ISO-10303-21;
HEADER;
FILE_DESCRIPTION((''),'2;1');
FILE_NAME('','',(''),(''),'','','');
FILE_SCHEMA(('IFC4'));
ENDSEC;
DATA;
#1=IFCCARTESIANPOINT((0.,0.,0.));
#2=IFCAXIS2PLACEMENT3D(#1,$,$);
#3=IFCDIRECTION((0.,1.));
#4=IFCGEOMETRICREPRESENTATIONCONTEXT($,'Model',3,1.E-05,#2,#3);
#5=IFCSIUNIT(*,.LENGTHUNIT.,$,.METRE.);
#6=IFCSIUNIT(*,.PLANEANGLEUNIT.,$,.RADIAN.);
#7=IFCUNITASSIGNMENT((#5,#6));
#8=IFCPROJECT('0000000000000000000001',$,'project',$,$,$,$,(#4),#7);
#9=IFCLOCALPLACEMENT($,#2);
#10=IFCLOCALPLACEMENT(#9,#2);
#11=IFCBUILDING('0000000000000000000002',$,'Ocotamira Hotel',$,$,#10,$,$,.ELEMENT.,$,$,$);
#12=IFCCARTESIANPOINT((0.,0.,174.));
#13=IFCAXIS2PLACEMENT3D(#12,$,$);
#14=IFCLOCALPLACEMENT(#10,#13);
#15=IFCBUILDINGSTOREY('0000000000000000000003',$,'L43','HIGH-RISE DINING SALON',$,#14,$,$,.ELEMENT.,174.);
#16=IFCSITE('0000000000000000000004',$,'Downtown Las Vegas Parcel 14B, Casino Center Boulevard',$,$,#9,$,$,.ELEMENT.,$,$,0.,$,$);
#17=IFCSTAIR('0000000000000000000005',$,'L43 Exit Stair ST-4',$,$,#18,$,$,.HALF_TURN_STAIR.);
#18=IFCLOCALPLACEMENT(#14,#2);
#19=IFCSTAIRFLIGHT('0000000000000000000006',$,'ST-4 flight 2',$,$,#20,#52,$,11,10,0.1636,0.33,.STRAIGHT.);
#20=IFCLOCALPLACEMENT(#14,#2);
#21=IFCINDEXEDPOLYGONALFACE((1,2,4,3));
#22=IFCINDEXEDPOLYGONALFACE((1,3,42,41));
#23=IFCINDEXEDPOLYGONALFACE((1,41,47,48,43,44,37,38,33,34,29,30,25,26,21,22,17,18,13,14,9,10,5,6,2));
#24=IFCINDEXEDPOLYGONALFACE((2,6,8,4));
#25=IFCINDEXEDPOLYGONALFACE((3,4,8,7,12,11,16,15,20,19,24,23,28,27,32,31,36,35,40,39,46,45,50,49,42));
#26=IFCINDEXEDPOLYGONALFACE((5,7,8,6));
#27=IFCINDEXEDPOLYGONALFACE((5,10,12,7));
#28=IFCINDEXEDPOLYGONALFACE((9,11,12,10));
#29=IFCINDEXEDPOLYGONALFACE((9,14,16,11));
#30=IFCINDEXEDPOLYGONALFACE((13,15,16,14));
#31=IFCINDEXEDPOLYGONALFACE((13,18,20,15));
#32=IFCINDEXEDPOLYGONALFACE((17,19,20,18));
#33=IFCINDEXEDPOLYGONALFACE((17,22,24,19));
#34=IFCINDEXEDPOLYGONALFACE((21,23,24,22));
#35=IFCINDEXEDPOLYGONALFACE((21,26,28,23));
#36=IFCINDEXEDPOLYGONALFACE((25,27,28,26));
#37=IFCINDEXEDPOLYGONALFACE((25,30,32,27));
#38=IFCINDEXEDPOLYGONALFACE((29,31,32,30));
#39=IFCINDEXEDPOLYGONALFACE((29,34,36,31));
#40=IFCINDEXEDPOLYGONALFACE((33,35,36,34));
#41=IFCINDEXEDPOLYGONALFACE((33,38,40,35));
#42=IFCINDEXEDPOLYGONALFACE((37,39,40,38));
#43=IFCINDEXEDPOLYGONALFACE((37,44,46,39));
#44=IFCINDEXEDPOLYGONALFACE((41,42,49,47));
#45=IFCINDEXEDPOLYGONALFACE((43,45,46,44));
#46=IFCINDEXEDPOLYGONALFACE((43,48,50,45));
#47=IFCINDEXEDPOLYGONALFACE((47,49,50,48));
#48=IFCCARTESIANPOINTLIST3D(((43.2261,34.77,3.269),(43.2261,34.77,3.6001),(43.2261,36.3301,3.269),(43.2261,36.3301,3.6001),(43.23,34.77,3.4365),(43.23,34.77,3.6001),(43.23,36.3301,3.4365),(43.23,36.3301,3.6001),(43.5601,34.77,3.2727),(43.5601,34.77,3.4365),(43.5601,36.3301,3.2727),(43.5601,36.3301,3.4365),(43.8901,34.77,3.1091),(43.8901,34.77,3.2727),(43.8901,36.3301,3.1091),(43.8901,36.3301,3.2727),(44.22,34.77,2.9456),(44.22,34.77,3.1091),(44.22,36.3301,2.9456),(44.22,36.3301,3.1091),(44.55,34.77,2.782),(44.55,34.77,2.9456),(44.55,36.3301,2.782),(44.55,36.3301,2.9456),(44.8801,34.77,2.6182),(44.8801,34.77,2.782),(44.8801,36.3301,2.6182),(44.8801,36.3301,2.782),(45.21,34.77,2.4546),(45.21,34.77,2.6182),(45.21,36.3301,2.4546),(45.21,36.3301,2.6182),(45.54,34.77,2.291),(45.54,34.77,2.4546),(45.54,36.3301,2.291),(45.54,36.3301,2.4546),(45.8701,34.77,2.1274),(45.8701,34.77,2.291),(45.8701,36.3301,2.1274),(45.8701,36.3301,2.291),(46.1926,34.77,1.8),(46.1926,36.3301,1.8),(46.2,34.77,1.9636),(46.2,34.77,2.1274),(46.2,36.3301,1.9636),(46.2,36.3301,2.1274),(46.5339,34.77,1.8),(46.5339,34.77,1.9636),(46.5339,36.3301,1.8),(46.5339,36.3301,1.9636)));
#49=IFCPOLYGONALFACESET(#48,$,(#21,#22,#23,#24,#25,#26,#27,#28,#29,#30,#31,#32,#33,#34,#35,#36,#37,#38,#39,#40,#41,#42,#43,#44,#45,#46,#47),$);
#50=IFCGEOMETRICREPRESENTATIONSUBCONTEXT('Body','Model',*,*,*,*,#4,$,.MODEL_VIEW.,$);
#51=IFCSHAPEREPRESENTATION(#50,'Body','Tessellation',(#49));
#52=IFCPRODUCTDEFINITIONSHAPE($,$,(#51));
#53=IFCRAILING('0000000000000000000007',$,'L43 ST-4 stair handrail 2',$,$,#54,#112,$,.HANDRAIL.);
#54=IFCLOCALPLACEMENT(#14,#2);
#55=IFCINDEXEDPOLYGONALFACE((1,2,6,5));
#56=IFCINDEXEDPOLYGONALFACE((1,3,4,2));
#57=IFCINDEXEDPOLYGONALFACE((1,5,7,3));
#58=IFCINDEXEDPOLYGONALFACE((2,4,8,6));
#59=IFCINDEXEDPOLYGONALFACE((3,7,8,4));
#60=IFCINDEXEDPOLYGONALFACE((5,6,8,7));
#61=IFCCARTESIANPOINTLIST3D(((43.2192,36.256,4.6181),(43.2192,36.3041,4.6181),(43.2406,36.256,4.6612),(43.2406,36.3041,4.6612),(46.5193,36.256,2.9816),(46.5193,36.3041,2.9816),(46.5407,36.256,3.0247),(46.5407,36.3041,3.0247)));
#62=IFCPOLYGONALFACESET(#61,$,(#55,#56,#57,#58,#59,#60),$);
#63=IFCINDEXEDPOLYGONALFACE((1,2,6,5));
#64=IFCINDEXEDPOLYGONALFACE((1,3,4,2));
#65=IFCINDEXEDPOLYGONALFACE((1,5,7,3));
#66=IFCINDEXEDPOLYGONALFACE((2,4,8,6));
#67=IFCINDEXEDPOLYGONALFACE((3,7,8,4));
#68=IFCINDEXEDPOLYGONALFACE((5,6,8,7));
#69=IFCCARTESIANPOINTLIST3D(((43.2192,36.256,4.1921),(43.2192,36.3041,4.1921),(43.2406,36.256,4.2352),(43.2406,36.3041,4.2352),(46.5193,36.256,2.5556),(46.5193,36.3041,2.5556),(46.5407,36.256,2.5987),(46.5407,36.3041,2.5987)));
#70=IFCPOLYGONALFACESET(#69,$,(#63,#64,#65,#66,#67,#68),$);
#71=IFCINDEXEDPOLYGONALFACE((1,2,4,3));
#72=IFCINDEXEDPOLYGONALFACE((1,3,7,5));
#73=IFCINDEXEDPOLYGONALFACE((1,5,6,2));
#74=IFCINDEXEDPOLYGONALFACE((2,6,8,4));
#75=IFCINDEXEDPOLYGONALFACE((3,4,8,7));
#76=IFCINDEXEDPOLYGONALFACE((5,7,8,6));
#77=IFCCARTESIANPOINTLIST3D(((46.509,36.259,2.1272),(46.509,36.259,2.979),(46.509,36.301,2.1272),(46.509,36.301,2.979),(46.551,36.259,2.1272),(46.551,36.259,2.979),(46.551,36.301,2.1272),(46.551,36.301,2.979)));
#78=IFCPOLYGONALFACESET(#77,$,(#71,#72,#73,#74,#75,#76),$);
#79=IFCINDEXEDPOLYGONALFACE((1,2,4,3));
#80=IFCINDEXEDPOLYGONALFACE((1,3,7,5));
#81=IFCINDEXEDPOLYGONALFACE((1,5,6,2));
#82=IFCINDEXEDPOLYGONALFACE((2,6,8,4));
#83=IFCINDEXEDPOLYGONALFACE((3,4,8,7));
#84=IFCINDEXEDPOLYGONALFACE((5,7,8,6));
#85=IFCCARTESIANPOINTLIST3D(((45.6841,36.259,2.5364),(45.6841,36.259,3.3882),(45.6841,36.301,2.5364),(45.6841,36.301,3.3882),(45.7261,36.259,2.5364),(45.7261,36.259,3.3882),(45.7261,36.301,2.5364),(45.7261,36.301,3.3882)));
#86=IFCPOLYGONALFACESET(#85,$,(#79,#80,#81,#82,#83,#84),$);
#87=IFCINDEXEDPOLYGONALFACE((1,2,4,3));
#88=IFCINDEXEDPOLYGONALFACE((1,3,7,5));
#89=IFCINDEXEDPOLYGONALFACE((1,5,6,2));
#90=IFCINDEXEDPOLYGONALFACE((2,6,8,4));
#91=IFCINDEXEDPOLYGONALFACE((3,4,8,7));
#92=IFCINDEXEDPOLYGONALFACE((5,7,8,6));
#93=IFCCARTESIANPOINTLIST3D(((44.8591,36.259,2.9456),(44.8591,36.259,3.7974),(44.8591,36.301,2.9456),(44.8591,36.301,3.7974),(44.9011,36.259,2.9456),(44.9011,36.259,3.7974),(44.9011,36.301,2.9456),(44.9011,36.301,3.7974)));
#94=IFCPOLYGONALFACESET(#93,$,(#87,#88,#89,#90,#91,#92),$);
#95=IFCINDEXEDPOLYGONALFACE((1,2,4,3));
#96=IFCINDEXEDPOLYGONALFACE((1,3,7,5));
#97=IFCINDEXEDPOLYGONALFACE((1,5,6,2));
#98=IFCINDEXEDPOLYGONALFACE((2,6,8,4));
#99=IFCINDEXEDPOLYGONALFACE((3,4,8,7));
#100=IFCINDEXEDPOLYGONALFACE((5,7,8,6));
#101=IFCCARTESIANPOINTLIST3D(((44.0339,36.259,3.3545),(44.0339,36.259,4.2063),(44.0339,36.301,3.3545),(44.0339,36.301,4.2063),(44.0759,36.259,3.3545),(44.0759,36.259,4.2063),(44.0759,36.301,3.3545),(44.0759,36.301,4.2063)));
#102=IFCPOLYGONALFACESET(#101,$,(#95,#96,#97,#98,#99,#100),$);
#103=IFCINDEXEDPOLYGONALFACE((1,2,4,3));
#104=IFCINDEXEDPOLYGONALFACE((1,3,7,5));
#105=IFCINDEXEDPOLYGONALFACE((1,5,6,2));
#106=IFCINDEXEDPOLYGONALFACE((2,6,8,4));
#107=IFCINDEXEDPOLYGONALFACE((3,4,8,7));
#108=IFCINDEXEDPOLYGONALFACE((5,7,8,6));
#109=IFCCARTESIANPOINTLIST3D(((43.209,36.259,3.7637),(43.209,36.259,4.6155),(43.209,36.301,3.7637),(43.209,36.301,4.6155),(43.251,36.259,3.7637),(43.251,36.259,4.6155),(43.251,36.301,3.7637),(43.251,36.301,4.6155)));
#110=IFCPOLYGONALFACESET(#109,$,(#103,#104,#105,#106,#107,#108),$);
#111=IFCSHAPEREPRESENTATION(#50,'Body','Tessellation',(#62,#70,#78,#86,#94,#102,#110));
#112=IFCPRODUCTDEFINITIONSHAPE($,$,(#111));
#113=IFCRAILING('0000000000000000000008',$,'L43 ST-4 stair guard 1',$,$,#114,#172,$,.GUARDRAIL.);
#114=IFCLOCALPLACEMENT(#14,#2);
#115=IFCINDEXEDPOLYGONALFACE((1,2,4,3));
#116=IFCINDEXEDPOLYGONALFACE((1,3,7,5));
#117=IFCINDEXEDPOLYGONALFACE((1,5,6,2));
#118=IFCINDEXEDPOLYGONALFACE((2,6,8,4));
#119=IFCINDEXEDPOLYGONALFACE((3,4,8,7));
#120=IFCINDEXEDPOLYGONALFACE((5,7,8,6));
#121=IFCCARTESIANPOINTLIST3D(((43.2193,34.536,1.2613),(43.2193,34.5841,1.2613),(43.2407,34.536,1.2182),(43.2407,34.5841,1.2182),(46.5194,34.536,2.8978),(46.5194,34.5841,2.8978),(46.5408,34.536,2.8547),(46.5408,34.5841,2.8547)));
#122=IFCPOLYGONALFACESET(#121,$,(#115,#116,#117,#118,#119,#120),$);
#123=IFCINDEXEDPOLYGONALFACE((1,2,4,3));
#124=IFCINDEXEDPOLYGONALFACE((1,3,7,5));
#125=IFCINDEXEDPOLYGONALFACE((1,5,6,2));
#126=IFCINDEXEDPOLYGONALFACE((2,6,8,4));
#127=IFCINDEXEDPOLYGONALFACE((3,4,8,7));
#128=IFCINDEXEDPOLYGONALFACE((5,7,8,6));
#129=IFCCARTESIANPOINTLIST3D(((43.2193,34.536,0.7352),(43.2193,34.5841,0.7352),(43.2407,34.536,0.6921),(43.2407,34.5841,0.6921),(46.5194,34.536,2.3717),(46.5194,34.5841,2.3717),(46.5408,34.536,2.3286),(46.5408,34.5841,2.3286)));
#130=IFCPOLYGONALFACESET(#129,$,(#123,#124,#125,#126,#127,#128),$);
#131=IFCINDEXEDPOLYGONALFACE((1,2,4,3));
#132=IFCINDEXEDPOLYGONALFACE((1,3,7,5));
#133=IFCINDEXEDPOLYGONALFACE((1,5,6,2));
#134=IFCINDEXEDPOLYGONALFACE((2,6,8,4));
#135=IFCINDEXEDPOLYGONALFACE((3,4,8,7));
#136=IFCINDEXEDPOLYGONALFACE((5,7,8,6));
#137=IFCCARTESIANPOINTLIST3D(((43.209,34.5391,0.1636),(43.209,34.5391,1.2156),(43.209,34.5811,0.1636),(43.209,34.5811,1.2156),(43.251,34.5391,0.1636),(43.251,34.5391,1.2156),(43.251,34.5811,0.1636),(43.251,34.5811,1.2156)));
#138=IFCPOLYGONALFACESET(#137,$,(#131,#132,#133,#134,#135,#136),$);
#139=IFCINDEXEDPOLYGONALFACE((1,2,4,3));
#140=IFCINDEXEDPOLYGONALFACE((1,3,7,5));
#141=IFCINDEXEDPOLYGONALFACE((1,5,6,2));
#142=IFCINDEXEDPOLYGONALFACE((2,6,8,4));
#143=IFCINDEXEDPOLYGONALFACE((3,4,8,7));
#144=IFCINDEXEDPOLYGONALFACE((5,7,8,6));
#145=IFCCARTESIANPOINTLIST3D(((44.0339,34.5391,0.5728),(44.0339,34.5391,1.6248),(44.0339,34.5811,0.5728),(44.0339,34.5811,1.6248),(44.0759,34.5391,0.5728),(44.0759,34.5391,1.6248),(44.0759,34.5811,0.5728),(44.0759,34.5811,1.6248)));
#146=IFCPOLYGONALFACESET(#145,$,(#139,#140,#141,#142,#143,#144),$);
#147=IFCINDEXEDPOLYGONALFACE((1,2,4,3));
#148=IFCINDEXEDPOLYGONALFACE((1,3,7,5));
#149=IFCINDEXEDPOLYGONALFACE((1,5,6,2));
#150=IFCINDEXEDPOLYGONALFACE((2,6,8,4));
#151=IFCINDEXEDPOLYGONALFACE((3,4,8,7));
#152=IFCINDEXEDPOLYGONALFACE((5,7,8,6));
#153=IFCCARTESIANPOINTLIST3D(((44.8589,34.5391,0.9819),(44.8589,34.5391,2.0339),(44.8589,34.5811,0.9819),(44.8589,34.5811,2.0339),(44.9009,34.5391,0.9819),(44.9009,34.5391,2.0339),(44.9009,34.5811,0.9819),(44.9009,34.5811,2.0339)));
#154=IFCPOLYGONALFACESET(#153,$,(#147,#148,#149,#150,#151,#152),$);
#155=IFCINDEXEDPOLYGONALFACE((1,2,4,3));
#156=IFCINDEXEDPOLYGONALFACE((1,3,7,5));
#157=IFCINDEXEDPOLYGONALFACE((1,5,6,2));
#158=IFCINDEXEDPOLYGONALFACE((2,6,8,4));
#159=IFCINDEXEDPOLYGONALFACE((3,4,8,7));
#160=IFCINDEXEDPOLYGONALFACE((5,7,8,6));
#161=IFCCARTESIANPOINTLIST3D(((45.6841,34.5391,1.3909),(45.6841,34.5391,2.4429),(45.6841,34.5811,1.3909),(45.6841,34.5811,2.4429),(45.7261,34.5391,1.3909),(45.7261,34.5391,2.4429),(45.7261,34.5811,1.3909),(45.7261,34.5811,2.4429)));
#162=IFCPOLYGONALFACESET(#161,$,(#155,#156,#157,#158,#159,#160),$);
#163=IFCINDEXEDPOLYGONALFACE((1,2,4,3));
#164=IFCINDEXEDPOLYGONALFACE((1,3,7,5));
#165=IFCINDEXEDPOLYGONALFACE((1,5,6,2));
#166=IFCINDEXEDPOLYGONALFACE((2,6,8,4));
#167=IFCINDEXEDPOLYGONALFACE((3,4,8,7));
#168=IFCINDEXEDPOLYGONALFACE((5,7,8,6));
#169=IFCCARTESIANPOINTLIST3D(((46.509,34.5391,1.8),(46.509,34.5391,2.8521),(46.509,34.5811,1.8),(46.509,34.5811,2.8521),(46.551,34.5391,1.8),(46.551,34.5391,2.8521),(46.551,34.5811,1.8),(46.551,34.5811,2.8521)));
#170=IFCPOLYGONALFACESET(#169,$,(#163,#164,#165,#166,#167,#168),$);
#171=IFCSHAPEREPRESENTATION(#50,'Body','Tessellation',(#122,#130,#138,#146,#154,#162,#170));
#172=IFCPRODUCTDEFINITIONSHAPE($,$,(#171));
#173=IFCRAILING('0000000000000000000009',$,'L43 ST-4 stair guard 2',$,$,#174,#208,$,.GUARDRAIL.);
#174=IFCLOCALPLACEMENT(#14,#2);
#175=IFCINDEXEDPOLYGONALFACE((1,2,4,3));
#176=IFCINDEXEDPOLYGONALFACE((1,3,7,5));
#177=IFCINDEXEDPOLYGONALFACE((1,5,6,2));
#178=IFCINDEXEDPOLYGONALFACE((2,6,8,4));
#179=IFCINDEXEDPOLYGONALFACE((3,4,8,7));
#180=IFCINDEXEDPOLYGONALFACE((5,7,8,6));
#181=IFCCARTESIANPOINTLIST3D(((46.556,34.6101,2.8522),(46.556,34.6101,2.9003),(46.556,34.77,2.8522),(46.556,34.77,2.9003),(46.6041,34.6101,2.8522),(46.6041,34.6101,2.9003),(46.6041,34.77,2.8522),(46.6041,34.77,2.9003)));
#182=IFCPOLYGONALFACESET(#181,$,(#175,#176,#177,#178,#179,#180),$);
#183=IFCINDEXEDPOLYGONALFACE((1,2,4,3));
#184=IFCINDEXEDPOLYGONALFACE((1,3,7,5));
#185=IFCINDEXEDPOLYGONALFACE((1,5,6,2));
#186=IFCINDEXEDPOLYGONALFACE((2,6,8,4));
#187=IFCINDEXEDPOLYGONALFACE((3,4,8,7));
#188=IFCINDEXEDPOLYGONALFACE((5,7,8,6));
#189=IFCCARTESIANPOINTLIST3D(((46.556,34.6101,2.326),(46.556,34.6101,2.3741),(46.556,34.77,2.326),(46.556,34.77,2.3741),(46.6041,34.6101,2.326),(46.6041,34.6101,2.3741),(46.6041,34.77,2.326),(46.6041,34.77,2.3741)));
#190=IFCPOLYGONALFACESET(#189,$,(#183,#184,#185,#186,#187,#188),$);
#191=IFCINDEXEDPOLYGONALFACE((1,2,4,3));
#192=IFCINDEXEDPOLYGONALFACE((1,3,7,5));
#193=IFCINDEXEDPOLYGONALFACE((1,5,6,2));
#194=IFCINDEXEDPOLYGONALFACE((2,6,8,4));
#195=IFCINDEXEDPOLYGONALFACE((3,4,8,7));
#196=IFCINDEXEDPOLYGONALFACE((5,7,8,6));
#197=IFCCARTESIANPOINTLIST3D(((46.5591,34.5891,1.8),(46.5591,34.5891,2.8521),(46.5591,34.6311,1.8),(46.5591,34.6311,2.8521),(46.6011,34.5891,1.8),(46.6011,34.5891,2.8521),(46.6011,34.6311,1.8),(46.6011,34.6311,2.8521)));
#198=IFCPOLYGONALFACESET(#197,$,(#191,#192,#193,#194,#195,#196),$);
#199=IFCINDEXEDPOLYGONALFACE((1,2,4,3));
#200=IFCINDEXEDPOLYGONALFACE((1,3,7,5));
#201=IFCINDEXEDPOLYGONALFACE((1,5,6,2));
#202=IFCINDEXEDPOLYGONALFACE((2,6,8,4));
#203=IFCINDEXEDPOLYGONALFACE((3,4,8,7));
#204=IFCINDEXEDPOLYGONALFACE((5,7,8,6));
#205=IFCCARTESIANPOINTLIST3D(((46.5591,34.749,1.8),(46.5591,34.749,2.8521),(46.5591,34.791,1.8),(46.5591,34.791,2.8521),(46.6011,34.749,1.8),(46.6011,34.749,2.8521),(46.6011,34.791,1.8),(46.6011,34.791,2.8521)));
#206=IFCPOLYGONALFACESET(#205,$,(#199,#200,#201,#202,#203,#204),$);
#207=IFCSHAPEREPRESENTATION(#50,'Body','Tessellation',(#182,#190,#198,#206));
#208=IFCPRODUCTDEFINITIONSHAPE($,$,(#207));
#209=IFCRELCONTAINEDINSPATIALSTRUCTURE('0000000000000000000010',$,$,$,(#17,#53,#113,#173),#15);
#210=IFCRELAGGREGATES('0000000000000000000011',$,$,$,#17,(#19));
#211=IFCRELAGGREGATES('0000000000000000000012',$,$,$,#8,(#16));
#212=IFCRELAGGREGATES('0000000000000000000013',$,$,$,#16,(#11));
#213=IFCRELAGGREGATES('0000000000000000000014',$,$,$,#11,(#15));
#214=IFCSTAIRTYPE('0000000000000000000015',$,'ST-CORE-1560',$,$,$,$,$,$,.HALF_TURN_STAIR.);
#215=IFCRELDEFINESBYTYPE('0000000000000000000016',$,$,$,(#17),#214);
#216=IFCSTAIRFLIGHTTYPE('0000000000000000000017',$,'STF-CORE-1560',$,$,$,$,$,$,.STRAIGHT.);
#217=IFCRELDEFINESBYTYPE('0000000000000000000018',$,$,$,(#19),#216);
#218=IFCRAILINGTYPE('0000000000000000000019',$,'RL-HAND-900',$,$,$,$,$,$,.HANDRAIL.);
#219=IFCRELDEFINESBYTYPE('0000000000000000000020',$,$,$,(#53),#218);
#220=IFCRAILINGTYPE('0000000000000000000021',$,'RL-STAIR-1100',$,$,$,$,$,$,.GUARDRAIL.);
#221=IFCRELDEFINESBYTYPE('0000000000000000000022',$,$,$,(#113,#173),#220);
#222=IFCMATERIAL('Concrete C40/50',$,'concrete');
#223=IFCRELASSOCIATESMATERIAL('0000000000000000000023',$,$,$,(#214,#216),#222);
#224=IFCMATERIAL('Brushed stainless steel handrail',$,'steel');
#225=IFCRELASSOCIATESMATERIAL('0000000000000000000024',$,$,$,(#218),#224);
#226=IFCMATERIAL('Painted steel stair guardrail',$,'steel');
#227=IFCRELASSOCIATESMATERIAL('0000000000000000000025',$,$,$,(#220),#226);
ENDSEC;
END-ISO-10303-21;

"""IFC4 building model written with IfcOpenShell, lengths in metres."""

from ifc_helpers import new_model, si_unit, direction, frame, origin, origin_2d, place, context, subcontext, project, spatial, polyline, rectangle, outline, extrude, source, transform, mapped, material, type_object, element, aggregate, save


model = new_model("IFC4")

# Units and contexts
model_context = context("Model", 3, precision=1e-05, world=origin(), true_north=direction((0.0, 1.0)))
body_context = subcontext(model_context, "Body", "Model", "MODEL_VIEW")
ifc_project = project(units=[si_unit("LENGTHUNIT", "METRE"), si_unit("PLANEANGLEUNIT", "RADIAN")], contexts=[model_context])

# Site, building, storey
site_placement = place(None, origin())
site = spatial("IfcSite", under=ifc_project, at=site_placement, Name="Downtown Las Vegas Parcel 14B, Casino Center Boulevard", CompositionType="ELEMENT", RefElevation=0.0)
building_placement = place(site_placement, origin())
building = spatial("IfcBuilding", under=site, at=building_placement, Name="Ocotamira Hotel", CompositionType="ELEMENT")
storey_placement = place(building_placement, frame((0.0, 0.0, 174.0)))
storey = spatial("IfcBuildingStorey", under=building, at=storey_placement, Name="L43", Description="HIGH-RISE DINING SALON", CompositionType="ELEMENT", Elevation=174.0)

# Stair, stair flight
ifc_material_1 = material(Name="Concrete C40/50", Category="concrete")
stair_type = type_object("IfcStairType", Name="ST-CORE-1560", PredefinedType="HALF_TURN_STAIR", material=ifc_material_1)
stair_placement = place(storey_placement, origin())
stair = element("IfcStair", 1, at=stair_placement, inside=storey, type_object=stair_type, Name="L43 Exit Stair ST-4", PredefinedType="HALF_TURN_STAIR")
stair_flight_type = type_object("IfcStairFlightType", Name="STF-CORE-1560", PredefinedType="STRAIGHT", material=ifc_material_1)
shared_shape_1 = source(origin(), body_context, "Body", "SweptSolid", [
    extrude(outline(polyline([(-0.0039, 0.0), (-0.0039, 0.1636), (0.3301, 0.1636), (0.3301, 0.3274), (0.6599, 0.3274), (0.6599, 0.491), (0.99, 0.491), (0.99, 0.6545), (1.3201, 0.6545), (1.3201, 0.8181), (1.6499, 0.8181), (1.6499, 0.9819), (1.98, 0.9819), (1.98, 1.1455), (2.3101, 1.1455), (2.3101, 1.3091), (2.6399, 1.3091), (2.6399, 1.4727), (2.97, 1.4727), (2.97, 1.6365), (3.3, 1.6365), (3.3, 1.8), (3.304, 1.8), (3.304, 1.469), (0.3374, 0.0), (-0.0039, 0.0)])), frame((0.0, 0.78, 0.0), z_axis=(0.0, -1.0, 0.0), x_axis=(1.0, 0.0, 0.0)), (0.0, 0.0, 1.0), 1.5601),
])
stair_flight_placement = place(storey_placement, frame((46.53, 35.55, 1.8), z_axis=(0.0, 0.0, 1.0), x_axis=(-1.0, 0.0, 0.0)))
stair_flight = element("IfcStairFlight", 2, at=stair_flight_placement, type_object=stair_flight_type, Name="ST-4 flight 2", NumberOfRisers=11, NumberOfTreads=10, PredefinedType="STRAIGHT", RiserHeight=0.1636, TreadLength=0.33, context=body_context, shape_type="MappedRepresentation", body=[
    mapped(shared_shape_1, transform((0.0, 0.0, 0.0), scale=1.0)),
])
aggregate(stair, [stair_flight])

# Railings
ifc_material_2 = material(Name="Brushed stainless steel handrail", Category="steel")
railing_type_1 = type_object("IfcRailingType", Name="RL-HAND-900", PredefinedType="HANDRAIL", material=ifc_material_2)
railing_1_placement = place(storey_placement, frame((46.53, 36.28, 2.1272)))
element("IfcRailing", 3, at=railing_1_placement, inside=storey, type_object=railing_type_1, Name="L43 ST-4 stair handrail 2", PredefinedType="HANDRAIL", context=body_context, shape_type="SweptSolid", body=[
    extrude(rectangle(XDim=0.0481, YDim=0.0481, at=origin_2d()), frame((0.0, 0.0, 0.876), z_axis=(-0.895894, 0.0, 0.444268), x_axis=(0.0, -1.0, 0.0)), (0.0, 0.0, 1.0), 3.6836),
    extrude(rectangle(XDim=0.0481, YDim=0.0481, at=origin_2d()), frame((0.0, 0.0, 0.45), z_axis=(-0.895894, 0.0, 0.444268), x_axis=(0.0, -1.0, 0.0)), (0.0, 0.0, 1.0), 3.6836),
    extrude(rectangle(XDim=0.042, YDim=0.042, at=origin_2d()), origin(), (0.0, 0.0, 1.0), 0.8518),
    extrude(rectangle(XDim=0.042, YDim=0.042, at=origin_2d()), frame((-0.825, 0.0, 0.4092)), (0.0, 0.0, 1.0), 0.8518),
    extrude(rectangle(XDim=0.042, YDim=0.042, at=origin_2d()), frame((-1.6499, 0.0, 0.8184)), (0.0, 0.0, 1.0), 0.8518),
    extrude(rectangle(XDim=0.042, YDim=0.042, at=origin_2d()), frame((-2.4751, 0.0, 1.2273)), (0.0, 0.0, 1.0), 0.8518),
    extrude(rectangle(XDim=0.042, YDim=0.042, at=origin_2d()), frame((-3.3, 0.0, 1.6365)), (0.0, 0.0, 1.0), 0.8518),
])
ifc_material_3 = material(Name="Painted steel stair guardrail", Category="steel")
railing_type_2 = type_object("IfcRailingType", Name="RL-STAIR-1100", PredefinedType="GUARDRAIL", material=ifc_material_3)
railing_2_placement = place(storey_placement, frame((43.23, 34.5601, 0.1636)))
element("IfcRailing", 4, at=railing_2_placement, inside=storey, type_object=railing_type_2, Name="L43 ST-4 stair guard 1", PredefinedType="GUARDRAIL", context=body_context, shape_type="SweptSolid", body=[
    extrude(rectangle(XDim=0.0481, YDim=0.0481, at=origin_2d()), frame((0.0, 0.0, 1.0762), z_axis=(0.895894, 0.0, 0.444268), x_axis=(0.0, 1.0, 0.0)), (0.0, 0.0, 1.0), 3.6836),
    extrude(rectangle(XDim=0.0481, YDim=0.0481, at=origin_2d()), frame((0.0, 0.0, 0.55), z_axis=(0.895894, 0.0, 0.444268), x_axis=(0.0, 1.0, 0.0)), (0.0, 0.0, 1.0), 3.6836),
    extrude(rectangle(XDim=0.042, YDim=0.042, at=origin_2d()), origin(), (0.0, 0.0, 1.0), 1.052),
    extrude(rectangle(XDim=0.042, YDim=0.042, at=origin_2d()), frame((0.825, 0.0, 0.4092)), (0.0, 0.0, 1.0), 1.052),
    extrude(rectangle(XDim=0.042, YDim=0.042, at=origin_2d()), frame((1.6499, 0.0, 0.8184)), (0.0, 0.0, 1.0), 1.052),
    extrude(rectangle(XDim=0.042, YDim=0.042, at=origin_2d()), frame((2.4751, 0.0, 1.2273)), (0.0, 0.0, 1.0), 1.052),
    extrude(rectangle(XDim=0.042, YDim=0.042, at=origin_2d()), frame((3.3, 0.0, 1.6365)), (0.0, 0.0, 1.0), 1.052),
])
railing_3_placement = place(storey_placement, frame((46.5801, 34.6101, 1.8)))
element("IfcRailing", 5, at=railing_3_placement, inside=storey, type_object=railing_type_2, Name="L43 ST-4 stair guard 2", PredefinedType="GUARDRAIL", context=body_context, shape_type="SweptSolid", body=[
    extrude(rectangle(XDim=0.0481, YDim=0.0481, at=origin_2d()), frame((0.0, 0.0, 1.0762), z_axis=(0.0, 1.0, 0.0), x_axis=(-1.0, 0.0, 0.0)), (0.0, 0.0, 1.0), 0.1599),
    extrude(rectangle(XDim=0.0481, YDim=0.0481, at=origin_2d()), frame((0.0, 0.0, 0.55), z_axis=(0.0, 1.0, 0.0), x_axis=(-1.0, 0.0, 0.0)), (0.0, 0.0, 1.0), 0.1599),
    extrude(rectangle(XDim=0.042, YDim=0.042, at=origin_2d()), origin(), (0.0, 0.0, 1.0), 1.052),
    extrude(rectangle(XDim=0.042, YDim=0.042, at=origin_2d()), frame((0.0, 0.1599, 0.0)), (0.0, 0.0, 1.0), 1.052),
])

save(model, "model.ifc")
